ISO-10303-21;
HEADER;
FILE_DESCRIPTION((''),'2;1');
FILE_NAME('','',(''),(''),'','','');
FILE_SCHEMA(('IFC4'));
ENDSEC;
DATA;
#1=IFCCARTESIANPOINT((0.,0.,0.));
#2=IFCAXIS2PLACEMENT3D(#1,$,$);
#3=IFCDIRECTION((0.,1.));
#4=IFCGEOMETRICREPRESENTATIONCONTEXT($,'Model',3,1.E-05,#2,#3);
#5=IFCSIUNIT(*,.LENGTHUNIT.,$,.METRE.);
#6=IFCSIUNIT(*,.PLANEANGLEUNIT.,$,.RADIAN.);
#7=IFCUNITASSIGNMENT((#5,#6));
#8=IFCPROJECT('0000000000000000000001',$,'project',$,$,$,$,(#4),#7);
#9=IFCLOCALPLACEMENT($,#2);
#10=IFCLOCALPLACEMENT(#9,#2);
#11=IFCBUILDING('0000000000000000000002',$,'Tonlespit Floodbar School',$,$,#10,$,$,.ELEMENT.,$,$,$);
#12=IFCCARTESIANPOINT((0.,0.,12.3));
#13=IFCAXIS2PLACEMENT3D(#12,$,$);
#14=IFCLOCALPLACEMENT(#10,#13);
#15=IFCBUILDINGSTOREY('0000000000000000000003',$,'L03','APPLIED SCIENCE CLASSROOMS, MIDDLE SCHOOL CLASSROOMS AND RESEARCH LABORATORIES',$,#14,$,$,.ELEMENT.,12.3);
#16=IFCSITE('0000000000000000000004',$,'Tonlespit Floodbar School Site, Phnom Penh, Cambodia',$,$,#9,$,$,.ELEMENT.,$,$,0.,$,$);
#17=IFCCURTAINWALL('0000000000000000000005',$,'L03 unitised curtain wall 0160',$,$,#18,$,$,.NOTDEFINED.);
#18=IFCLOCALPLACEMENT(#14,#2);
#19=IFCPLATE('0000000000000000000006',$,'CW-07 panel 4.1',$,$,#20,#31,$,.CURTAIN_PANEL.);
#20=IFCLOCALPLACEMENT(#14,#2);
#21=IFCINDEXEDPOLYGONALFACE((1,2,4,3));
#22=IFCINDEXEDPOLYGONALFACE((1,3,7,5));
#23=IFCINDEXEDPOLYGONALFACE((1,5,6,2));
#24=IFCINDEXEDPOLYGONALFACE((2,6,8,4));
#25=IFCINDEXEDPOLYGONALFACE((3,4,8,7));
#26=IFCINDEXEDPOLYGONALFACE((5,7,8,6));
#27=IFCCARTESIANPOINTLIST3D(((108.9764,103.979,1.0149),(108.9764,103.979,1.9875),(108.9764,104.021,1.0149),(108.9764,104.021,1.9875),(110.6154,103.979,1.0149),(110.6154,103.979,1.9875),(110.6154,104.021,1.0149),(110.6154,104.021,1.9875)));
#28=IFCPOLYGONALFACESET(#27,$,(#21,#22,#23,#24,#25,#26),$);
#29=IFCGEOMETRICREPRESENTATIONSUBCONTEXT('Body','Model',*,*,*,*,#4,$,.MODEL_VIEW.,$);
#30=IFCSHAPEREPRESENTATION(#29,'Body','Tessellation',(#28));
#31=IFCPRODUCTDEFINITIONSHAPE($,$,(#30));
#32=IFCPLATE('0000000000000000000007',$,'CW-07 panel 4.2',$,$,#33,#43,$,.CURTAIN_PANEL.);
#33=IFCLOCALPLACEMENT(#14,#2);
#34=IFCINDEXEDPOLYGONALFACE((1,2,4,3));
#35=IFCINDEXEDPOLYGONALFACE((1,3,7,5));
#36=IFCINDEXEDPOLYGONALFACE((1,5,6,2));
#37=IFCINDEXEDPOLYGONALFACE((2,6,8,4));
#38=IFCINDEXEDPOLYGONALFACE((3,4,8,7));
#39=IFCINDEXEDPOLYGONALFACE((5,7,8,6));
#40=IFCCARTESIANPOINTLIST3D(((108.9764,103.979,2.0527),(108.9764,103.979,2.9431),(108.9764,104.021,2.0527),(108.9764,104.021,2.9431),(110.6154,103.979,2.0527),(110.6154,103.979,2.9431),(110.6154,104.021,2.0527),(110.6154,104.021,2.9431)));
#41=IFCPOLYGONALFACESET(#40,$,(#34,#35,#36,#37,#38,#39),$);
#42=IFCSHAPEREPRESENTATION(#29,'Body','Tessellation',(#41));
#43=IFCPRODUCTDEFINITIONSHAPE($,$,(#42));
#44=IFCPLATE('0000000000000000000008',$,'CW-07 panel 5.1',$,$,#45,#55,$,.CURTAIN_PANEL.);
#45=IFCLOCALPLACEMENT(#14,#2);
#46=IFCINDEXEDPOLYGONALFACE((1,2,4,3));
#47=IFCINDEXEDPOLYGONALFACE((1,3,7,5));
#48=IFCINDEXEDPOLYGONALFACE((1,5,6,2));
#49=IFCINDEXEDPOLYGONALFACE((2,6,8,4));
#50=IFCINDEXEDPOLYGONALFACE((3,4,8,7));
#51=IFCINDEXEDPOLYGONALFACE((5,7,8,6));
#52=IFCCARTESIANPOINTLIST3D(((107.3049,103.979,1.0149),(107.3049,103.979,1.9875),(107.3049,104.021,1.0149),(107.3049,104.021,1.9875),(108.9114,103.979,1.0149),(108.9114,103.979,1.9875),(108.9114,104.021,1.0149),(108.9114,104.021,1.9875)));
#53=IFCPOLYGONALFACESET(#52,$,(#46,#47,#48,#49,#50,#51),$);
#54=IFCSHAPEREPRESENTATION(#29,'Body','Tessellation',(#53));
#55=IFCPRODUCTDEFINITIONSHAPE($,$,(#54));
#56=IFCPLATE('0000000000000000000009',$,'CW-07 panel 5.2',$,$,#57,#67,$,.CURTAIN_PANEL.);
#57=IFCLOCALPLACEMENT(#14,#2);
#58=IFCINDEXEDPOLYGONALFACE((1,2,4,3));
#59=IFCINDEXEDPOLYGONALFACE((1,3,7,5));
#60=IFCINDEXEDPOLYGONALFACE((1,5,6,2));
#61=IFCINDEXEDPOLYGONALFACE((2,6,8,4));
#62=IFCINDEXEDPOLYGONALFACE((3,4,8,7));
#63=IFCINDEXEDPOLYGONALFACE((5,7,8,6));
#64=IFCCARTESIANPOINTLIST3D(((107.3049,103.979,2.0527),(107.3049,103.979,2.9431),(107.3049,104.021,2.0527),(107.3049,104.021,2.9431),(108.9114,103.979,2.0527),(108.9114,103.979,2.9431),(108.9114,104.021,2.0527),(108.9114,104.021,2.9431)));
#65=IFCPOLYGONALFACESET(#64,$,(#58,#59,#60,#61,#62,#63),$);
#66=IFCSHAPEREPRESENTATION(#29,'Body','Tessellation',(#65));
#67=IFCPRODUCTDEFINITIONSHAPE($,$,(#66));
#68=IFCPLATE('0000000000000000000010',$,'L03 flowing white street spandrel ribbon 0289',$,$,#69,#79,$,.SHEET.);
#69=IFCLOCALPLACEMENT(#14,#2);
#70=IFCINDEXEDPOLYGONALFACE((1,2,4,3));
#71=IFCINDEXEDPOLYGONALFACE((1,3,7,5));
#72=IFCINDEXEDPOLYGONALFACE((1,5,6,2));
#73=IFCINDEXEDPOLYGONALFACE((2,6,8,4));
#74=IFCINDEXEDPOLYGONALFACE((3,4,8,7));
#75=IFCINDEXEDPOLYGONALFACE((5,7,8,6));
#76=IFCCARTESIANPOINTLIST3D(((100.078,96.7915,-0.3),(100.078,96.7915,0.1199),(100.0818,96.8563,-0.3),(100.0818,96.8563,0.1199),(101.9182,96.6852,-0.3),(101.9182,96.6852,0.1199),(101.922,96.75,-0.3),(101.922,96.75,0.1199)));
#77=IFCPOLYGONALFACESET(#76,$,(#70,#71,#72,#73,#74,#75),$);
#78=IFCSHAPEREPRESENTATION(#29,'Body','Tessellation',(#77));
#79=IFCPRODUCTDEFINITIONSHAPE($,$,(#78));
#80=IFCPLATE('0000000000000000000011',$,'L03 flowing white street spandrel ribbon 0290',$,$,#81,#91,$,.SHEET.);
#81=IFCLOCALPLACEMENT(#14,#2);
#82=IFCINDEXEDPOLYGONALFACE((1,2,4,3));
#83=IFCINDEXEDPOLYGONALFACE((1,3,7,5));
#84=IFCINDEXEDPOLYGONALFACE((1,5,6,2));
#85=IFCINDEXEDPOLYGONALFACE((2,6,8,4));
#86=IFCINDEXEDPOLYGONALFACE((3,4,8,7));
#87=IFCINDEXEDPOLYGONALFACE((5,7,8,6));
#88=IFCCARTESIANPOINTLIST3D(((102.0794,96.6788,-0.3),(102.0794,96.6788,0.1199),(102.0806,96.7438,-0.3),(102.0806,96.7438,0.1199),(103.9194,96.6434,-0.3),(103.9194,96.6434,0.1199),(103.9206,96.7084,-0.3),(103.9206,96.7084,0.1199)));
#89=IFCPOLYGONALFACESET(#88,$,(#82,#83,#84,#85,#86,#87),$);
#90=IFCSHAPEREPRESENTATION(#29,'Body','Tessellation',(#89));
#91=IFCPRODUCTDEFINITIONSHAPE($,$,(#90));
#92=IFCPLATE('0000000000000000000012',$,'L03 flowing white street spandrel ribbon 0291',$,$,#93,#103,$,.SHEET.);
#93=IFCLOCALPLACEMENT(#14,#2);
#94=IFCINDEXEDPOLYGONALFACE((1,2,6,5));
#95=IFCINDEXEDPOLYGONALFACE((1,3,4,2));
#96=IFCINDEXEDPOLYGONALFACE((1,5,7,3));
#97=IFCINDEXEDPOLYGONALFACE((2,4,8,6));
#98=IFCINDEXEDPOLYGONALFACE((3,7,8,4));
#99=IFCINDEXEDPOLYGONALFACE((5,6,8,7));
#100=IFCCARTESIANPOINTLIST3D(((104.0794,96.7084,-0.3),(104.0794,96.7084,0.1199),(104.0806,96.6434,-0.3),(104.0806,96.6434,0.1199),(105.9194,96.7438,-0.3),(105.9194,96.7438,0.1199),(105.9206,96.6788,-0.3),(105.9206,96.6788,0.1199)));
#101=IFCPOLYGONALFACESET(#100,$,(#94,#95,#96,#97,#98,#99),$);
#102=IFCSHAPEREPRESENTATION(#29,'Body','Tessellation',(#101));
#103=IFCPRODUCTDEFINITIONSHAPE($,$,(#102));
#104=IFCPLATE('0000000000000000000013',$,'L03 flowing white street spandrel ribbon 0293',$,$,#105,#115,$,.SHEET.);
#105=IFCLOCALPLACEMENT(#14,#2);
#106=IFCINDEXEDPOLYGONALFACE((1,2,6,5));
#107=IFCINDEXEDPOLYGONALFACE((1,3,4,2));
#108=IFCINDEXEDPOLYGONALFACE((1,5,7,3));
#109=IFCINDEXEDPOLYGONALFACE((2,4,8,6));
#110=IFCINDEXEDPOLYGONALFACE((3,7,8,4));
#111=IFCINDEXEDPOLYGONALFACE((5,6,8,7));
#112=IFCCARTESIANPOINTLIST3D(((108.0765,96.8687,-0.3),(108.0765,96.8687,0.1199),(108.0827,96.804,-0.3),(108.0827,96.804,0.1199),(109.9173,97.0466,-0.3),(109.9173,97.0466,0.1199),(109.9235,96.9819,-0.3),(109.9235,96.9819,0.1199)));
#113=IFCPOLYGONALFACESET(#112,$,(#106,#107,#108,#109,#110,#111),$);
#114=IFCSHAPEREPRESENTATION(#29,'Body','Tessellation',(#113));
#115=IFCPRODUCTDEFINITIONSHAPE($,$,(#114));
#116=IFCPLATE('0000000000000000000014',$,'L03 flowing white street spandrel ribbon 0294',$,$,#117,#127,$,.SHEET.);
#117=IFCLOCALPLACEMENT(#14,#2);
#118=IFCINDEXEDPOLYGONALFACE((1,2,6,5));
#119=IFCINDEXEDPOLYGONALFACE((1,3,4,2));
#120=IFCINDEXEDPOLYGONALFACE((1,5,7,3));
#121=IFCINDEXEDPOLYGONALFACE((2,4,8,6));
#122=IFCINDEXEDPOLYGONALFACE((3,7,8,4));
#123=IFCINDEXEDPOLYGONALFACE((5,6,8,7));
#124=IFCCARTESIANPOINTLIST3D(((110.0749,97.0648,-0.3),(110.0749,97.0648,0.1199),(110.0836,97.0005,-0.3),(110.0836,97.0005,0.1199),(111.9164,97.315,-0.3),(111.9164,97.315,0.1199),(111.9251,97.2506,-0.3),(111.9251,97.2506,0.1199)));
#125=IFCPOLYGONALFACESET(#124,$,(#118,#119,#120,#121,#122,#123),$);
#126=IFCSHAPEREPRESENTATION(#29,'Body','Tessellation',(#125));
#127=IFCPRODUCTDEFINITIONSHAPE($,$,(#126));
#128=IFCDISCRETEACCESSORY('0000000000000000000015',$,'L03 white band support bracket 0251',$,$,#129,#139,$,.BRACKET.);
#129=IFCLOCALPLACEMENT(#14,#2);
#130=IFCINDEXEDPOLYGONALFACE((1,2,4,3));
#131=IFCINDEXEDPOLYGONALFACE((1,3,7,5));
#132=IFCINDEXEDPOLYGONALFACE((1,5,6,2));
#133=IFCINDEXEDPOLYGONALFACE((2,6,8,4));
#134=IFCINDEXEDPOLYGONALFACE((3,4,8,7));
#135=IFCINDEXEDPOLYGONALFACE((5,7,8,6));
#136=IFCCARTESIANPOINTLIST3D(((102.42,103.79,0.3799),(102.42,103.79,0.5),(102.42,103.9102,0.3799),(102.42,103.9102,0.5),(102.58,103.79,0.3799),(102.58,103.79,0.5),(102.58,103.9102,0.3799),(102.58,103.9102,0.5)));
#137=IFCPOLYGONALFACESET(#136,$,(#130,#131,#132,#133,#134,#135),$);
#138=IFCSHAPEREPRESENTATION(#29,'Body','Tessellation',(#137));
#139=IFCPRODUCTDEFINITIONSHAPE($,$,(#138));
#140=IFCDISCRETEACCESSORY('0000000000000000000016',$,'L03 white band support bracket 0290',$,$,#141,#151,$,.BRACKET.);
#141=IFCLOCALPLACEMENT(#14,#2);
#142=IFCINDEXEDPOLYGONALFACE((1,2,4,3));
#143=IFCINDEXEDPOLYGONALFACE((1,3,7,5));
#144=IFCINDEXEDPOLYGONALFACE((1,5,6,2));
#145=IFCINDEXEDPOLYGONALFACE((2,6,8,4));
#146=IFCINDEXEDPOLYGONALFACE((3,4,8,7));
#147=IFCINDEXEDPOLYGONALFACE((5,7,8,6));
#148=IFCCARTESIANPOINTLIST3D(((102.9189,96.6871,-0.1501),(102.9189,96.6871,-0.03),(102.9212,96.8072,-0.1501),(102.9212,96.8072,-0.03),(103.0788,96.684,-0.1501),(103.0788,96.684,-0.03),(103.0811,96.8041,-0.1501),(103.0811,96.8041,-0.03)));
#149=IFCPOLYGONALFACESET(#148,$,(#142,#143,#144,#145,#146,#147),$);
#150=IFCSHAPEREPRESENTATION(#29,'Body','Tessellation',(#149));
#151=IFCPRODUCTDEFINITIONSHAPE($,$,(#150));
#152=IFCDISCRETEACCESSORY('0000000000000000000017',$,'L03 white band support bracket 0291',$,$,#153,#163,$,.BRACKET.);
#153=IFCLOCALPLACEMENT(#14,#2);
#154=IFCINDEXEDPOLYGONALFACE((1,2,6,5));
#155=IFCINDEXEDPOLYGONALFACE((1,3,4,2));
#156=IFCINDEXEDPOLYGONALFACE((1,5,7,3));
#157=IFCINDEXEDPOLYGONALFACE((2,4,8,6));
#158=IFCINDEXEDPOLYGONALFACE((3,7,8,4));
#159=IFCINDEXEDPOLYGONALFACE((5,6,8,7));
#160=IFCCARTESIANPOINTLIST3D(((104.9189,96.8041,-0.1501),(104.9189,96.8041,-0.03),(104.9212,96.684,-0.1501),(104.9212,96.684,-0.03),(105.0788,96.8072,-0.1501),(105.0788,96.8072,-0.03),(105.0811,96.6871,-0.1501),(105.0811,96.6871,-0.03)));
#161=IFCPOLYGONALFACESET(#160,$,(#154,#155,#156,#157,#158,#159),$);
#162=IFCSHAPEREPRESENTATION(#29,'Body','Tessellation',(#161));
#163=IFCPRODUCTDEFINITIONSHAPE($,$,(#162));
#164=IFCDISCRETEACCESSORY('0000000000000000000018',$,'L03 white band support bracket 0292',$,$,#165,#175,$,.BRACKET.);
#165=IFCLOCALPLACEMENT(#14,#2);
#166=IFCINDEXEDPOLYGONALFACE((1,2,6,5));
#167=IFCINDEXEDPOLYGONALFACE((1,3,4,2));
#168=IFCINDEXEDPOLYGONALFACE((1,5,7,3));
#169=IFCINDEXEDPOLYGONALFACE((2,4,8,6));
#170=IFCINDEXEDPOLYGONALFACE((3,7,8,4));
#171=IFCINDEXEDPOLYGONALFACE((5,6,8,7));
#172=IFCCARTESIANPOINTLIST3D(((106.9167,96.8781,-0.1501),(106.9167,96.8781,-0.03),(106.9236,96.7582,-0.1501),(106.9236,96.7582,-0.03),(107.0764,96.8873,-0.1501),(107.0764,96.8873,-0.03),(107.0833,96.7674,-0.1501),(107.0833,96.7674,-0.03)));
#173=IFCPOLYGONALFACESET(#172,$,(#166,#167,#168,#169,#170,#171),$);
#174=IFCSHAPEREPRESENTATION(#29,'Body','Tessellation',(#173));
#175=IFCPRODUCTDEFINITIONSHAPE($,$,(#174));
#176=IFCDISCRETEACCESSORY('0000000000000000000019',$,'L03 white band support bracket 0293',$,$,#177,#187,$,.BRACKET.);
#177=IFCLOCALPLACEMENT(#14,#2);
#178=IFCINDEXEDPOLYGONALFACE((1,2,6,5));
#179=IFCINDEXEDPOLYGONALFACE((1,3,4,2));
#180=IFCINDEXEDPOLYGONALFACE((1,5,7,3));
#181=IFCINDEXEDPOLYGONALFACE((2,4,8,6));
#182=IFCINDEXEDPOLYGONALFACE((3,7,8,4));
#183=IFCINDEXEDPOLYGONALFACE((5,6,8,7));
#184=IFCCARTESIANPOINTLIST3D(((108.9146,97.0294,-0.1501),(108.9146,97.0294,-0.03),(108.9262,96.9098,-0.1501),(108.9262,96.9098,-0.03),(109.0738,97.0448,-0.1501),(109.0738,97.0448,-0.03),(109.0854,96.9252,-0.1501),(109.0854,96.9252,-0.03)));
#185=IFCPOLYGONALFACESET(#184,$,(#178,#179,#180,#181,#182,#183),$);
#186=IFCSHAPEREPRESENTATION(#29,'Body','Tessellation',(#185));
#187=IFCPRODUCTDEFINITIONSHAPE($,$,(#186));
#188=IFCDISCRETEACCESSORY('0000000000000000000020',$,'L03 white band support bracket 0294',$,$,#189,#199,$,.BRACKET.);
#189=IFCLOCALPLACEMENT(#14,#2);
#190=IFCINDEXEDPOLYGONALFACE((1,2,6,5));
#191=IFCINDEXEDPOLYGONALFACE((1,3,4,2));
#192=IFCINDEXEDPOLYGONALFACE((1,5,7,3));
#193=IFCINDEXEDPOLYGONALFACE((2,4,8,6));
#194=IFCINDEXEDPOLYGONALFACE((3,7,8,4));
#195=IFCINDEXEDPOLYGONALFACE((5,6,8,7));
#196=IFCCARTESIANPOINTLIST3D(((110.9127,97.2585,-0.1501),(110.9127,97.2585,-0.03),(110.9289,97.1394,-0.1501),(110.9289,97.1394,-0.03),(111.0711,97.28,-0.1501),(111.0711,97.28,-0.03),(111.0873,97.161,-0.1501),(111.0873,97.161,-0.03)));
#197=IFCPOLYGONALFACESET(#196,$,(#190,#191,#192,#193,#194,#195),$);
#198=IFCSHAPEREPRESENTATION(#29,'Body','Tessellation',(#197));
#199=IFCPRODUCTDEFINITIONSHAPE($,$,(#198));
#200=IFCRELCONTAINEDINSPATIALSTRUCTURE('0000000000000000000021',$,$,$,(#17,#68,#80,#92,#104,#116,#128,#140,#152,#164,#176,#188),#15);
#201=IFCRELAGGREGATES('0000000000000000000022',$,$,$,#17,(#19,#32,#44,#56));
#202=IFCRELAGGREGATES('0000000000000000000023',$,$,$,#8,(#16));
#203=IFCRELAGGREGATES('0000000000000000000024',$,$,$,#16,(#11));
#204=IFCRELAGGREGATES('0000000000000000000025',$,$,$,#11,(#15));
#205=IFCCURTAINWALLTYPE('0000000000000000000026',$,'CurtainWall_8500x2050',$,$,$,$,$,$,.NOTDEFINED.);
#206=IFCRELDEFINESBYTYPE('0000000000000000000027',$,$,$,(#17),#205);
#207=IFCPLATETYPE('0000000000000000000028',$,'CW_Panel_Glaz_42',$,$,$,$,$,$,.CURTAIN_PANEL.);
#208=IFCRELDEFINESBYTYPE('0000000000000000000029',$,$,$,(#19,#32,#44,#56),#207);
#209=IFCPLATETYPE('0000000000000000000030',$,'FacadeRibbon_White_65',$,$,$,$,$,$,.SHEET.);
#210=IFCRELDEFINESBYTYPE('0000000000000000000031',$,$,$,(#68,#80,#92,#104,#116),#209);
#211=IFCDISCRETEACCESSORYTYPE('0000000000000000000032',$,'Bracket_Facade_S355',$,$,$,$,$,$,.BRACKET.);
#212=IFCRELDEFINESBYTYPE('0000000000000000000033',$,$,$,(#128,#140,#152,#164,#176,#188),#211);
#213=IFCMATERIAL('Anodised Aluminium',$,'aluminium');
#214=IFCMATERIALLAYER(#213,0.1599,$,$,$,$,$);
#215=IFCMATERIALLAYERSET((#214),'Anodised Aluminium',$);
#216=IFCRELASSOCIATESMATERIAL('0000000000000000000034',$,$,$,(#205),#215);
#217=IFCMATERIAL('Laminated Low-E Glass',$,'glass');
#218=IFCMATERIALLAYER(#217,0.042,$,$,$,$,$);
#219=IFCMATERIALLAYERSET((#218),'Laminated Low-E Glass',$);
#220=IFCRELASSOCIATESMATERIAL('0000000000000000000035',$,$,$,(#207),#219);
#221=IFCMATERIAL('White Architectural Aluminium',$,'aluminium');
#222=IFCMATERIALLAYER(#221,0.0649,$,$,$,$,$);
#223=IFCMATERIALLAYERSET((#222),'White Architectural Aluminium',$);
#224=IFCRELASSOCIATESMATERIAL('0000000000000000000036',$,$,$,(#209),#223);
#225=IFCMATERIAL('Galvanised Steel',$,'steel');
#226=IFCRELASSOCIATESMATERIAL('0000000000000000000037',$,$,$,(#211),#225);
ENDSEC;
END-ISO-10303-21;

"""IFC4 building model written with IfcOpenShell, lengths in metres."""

from ifc_helpers import new_model, si_unit, direction, frame, origin, origin_2d, place, context, subcontext, project, spatial, rectangle, extrude, material, layer, layer_set, type_object, element, aggregate, save


model = new_model("IFC4")

# Units and contexts
model_context = context("Model", 3, precision=1e-05, world=origin(), true_north=direction((0.0, 1.0)))
body_context = subcontext(model_context, "Body", "Model", "MODEL_VIEW")
ifc_project = project(units=[si_unit("LENGTHUNIT", "METRE"), si_unit("PLANEANGLEUNIT", "RADIAN")], contexts=[model_context])

# Site, building, storey
site_placement = place(None, origin())
site = spatial("IfcSite", under=ifc_project, at=site_placement, Name="Tonlespit Floodbar School Site, Phnom Penh, Cambodia", CompositionType="ELEMENT", RefElevation=0.0)
building_placement = place(site_placement, origin())
building = spatial("IfcBuilding", under=site, at=building_placement, Name="Tonlespit Floodbar School", CompositionType="ELEMENT")
storey_placement = place(building_placement, frame((0.0, 0.0, 12.3)))
storey = spatial("IfcBuildingStorey", under=building, at=storey_placement, Name="L03", Description="APPLIED SCIENCE CLASSROOMS, MIDDLE SCHOOL CLASSROOMS AND RESEARCH LABORATORIES", CompositionType="ELEMENT", Elevation=12.3)

# Curtain wall, plates
ifc_material_1 = material(Name="Anodised Aluminium", Category="aluminium")
ifc_layer_1 = layer(ifc_material_1, 0.1599)
ifc_layer_set_1 = layer_set([ifc_layer_1], Name="Anodised Aluminium")
curtain_wall_type = type_object("IfcCurtainWallType", Name="CurtainWall_8500x2050", PredefinedType="NOTDEFINED", material=ifc_layer_set_1)
curtain_wall_placement = place(storey_placement, origin())
curtain_wall = element("IfcCurtainWall", 1, at=curtain_wall_placement, inside=storey, type_object=curtain_wall_type, Name="L03 unitised curtain wall 0160", PredefinedType="NOTDEFINED")
ifc_material_2 = material(Name="Laminated Low-E Glass", Category="glass")
ifc_layer_2 = layer(ifc_material_2, 0.042)
ifc_layer_set_2 = layer_set([ifc_layer_2], Name="Laminated Low-E Glass")
plate_type_1 = type_object("IfcPlateType", Name="CW_Panel_Glaz_42", PredefinedType="CURTAIN_PANEL", material=ifc_layer_set_2)
plate_1_placement = place(storey_placement, frame((109.7959, 104.0, 1.0149), z_axis=(0.0, 0.0, 1.0), x_axis=(-1.0, 0.0, 0.0)))
plate_1 = element("IfcPlate", 2, at=plate_1_placement, type_object=plate_type_1, Name="CW-07 panel 4.1", PredefinedType="CURTAIN_PANEL", context=body_context, shape_type="SweptSolid", body=[
    extrude(rectangle(XDim=1.6389, YDim=0.042, at=origin_2d()), origin(), (0.0, 0.0, 1.0), 0.9727),
])
plate_2_placement = place(storey_placement, frame((109.7959, 104.0, 2.0527), z_axis=(0.0, 0.0, 1.0), x_axis=(-1.0, 0.0, 0.0)))
plate_2 = element("IfcPlate", 3, at=plate_2_placement, type_object=plate_type_1, Name="CW-07 panel 4.2", PredefinedType="CURTAIN_PANEL", context=body_context, shape_type="SweptSolid", body=[
    extrude(rectangle(XDim=1.6389, YDim=0.042, at=origin_2d()), origin(), (0.0, 0.0, 1.0), 0.8904),
])
plate_3_placement = place(storey_placement, frame((108.1082, 104.0, 1.0149), z_axis=(0.0, 0.0, 1.0), x_axis=(-1.0, 0.0, 0.0)))
plate_3 = element("IfcPlate", 4, at=plate_3_placement, type_object=plate_type_1, Name="CW-07 panel 5.1", PredefinedType="CURTAIN_PANEL", context=body_context, shape_type="SweptSolid", body=[
    extrude(rectangle(XDim=1.6064, YDim=0.042, at=origin_2d()), origin(), (0.0, 0.0, 1.0), 0.9727),
])
plate_4_placement = place(storey_placement, frame((108.1082, 104.0, 2.0527), z_axis=(0.0, 0.0, 1.0), x_axis=(-1.0, 0.0, 0.0)))
plate_4 = element("IfcPlate", 5, at=plate_4_placement, type_object=plate_type_1, Name="CW-07 panel 5.2", PredefinedType="CURTAIN_PANEL", context=body_context, shape_type="SweptSolid", body=[
    extrude(rectangle(XDim=1.6064, YDim=0.042, at=origin_2d()), origin(), (0.0, 0.0, 1.0), 0.8904),
])
aggregate(curtain_wall, [plate_1, plate_2, plate_3, plate_4])

# Plates
ifc_material_3 = material(Name="White Architectural Aluminium", Category="aluminium")
ifc_layer_3 = layer(ifc_material_3, 0.0649)
ifc_layer_set_3 = layer_set([ifc_layer_3], Name="White Architectural Aluminium")
plate_type_2 = type_object("IfcPlateType", Name="FacadeRibbon_White_65", PredefinedType="SHEET", material=ifc_layer_set_3)
plate_5_placement = place(storey_placement, frame((101.0, 96.7708, -0.3), z_axis=(0.0, 0.0, 1.0), x_axis=(0.998334, -0.057703, 0.0)))
element("IfcPlate", 6, at=plate_5_placement, inside=storey, type_object=plate_type_2, Name="L03 flowing white street spandrel ribbon 0289", PredefinedType="SHEET", context=body_context, shape_type="SweptSolid", body=[
    extrude(rectangle(XDim=1.8433, YDim=0.0649, at=origin_2d()), origin(), (0.0, 0.0, 1.0), 0.4199),
])
for number, where, z_axis, x_axis, name in (
    (7, (103.0, 96.6936, -0.3), (0.0, 0.0, 1.0), (0.999815, -0.019246, 0.0), "L03 flowing white street spandrel ribbon 0290"),
    (8, (105.0, 96.6936, -0.3), (0.0, 0.0, 1.0), (0.999815, 0.019246, 0.0), "L03 flowing white street spandrel ribbon 0291"),
):
    element("IfcPlate", number, at=place(storey_placement, frame(where, z_axis=z_axis, x_axis=x_axis)), inside=storey, type_object=plate_type_2, Name=name, PredefinedType="SHEET", context=body_context, shape_type="SweptSolid", body=[
        extrude(rectangle(XDim=1.8403, YDim=0.0649, at=origin_2d()), origin(), (0.0, 0.0, 1.0), 0.4199),
    ])
plate_6_placement = place(storey_placement, frame((109.0, 96.9253, -0.3), z_axis=(0.0, 0.0, 1.0), x_axis=(0.995362, 0.096202, 0.0)))
element("IfcPlate", 9, at=plate_6_placement, inside=storey, type_object=plate_type_2, Name="L03 flowing white street spandrel ribbon 0293", PredefinedType="SHEET", context=body_context, shape_type="SweptSolid", body=[
    extrude(rectangle(XDim=1.8494, YDim=0.0649, at=origin_2d()), origin(), (0.0, 0.0, 1.0), 0.4199),
])
plate_7_placement = place(storey_placement, frame((111.0, 97.1577, -0.3), z_axis=(0.0, 0.0, 1.0), x_axis=(0.990898, 0.134614, 0.0)))
element("IfcPlate", 10, at=plate_7_placement, inside=storey, type_object=plate_type_2, Name="L03 flowing white street spandrel ribbon 0294", PredefinedType="SHEET", context=body_context, shape_type="SweptSolid", body=[
    extrude(rectangle(XDim=1.8584, YDim=0.0649, at=origin_2d()), origin(), (0.0, 0.0, 1.0), 0.4199),
])

# Discrete accessories
ifc_material_4 = material(Name="Galvanised Steel", Category="steel")
discrete_accessory_type = type_object("IfcDiscreteAccessoryType", Name="Bracket_Facade_S355", PredefinedType="BRACKET", material=ifc_material_4)
for number, where, z_axis, x_axis, name in (
    (11, (102.5, 103.8501, 0.3799), (0.0, 0.0, 1.0), (-1.0, 0.0, 0.0), "L03 white band support bracket 0251"),
    (12, (103.0, 96.7456, -0.1501), (0.0, 0.0, 1.0), (0.999815, -0.019246, 0.0), "L03 white band support bracket 0290"),
    (13, (105.0, 96.7456, -0.1501), (0.0, 0.0, 1.0), (0.999815, 0.019246, 0.0), "L03 white band support bracket 0291"),
    (14, (107.0, 96.8228, -0.1501), (0.0, 0.0, 1.0), (0.998334, 0.057703, 0.0), "L03 white band support bracket 0292"),
    (15, (109.0, 96.9773, -0.1501), (0.0, 0.0, 1.0), (0.995362, 0.096202, 0.0), "L03 white band support bracket 0293"),
    (16, (111.0, 97.2097, -0.1501), (0.0, 0.0, 1.0), (0.990898, 0.134614, 0.0), "L03 white band support bracket 0294"),
):
    element("IfcDiscreteAccessory", number, at=place(storey_placement, frame(where, z_axis=z_axis, x_axis=x_axis)), inside=storey, type_object=discrete_accessory_type, Name=name, PredefinedType="BRACKET", context=body_context, shape_type="SweptSolid", body=[
        extrude(rectangle(XDim=0.1599, YDim=0.1201, at=origin_2d()), origin(), (0.0, 0.0, 1.0), 0.1201),
    ])

save(model, "model.ifc")
